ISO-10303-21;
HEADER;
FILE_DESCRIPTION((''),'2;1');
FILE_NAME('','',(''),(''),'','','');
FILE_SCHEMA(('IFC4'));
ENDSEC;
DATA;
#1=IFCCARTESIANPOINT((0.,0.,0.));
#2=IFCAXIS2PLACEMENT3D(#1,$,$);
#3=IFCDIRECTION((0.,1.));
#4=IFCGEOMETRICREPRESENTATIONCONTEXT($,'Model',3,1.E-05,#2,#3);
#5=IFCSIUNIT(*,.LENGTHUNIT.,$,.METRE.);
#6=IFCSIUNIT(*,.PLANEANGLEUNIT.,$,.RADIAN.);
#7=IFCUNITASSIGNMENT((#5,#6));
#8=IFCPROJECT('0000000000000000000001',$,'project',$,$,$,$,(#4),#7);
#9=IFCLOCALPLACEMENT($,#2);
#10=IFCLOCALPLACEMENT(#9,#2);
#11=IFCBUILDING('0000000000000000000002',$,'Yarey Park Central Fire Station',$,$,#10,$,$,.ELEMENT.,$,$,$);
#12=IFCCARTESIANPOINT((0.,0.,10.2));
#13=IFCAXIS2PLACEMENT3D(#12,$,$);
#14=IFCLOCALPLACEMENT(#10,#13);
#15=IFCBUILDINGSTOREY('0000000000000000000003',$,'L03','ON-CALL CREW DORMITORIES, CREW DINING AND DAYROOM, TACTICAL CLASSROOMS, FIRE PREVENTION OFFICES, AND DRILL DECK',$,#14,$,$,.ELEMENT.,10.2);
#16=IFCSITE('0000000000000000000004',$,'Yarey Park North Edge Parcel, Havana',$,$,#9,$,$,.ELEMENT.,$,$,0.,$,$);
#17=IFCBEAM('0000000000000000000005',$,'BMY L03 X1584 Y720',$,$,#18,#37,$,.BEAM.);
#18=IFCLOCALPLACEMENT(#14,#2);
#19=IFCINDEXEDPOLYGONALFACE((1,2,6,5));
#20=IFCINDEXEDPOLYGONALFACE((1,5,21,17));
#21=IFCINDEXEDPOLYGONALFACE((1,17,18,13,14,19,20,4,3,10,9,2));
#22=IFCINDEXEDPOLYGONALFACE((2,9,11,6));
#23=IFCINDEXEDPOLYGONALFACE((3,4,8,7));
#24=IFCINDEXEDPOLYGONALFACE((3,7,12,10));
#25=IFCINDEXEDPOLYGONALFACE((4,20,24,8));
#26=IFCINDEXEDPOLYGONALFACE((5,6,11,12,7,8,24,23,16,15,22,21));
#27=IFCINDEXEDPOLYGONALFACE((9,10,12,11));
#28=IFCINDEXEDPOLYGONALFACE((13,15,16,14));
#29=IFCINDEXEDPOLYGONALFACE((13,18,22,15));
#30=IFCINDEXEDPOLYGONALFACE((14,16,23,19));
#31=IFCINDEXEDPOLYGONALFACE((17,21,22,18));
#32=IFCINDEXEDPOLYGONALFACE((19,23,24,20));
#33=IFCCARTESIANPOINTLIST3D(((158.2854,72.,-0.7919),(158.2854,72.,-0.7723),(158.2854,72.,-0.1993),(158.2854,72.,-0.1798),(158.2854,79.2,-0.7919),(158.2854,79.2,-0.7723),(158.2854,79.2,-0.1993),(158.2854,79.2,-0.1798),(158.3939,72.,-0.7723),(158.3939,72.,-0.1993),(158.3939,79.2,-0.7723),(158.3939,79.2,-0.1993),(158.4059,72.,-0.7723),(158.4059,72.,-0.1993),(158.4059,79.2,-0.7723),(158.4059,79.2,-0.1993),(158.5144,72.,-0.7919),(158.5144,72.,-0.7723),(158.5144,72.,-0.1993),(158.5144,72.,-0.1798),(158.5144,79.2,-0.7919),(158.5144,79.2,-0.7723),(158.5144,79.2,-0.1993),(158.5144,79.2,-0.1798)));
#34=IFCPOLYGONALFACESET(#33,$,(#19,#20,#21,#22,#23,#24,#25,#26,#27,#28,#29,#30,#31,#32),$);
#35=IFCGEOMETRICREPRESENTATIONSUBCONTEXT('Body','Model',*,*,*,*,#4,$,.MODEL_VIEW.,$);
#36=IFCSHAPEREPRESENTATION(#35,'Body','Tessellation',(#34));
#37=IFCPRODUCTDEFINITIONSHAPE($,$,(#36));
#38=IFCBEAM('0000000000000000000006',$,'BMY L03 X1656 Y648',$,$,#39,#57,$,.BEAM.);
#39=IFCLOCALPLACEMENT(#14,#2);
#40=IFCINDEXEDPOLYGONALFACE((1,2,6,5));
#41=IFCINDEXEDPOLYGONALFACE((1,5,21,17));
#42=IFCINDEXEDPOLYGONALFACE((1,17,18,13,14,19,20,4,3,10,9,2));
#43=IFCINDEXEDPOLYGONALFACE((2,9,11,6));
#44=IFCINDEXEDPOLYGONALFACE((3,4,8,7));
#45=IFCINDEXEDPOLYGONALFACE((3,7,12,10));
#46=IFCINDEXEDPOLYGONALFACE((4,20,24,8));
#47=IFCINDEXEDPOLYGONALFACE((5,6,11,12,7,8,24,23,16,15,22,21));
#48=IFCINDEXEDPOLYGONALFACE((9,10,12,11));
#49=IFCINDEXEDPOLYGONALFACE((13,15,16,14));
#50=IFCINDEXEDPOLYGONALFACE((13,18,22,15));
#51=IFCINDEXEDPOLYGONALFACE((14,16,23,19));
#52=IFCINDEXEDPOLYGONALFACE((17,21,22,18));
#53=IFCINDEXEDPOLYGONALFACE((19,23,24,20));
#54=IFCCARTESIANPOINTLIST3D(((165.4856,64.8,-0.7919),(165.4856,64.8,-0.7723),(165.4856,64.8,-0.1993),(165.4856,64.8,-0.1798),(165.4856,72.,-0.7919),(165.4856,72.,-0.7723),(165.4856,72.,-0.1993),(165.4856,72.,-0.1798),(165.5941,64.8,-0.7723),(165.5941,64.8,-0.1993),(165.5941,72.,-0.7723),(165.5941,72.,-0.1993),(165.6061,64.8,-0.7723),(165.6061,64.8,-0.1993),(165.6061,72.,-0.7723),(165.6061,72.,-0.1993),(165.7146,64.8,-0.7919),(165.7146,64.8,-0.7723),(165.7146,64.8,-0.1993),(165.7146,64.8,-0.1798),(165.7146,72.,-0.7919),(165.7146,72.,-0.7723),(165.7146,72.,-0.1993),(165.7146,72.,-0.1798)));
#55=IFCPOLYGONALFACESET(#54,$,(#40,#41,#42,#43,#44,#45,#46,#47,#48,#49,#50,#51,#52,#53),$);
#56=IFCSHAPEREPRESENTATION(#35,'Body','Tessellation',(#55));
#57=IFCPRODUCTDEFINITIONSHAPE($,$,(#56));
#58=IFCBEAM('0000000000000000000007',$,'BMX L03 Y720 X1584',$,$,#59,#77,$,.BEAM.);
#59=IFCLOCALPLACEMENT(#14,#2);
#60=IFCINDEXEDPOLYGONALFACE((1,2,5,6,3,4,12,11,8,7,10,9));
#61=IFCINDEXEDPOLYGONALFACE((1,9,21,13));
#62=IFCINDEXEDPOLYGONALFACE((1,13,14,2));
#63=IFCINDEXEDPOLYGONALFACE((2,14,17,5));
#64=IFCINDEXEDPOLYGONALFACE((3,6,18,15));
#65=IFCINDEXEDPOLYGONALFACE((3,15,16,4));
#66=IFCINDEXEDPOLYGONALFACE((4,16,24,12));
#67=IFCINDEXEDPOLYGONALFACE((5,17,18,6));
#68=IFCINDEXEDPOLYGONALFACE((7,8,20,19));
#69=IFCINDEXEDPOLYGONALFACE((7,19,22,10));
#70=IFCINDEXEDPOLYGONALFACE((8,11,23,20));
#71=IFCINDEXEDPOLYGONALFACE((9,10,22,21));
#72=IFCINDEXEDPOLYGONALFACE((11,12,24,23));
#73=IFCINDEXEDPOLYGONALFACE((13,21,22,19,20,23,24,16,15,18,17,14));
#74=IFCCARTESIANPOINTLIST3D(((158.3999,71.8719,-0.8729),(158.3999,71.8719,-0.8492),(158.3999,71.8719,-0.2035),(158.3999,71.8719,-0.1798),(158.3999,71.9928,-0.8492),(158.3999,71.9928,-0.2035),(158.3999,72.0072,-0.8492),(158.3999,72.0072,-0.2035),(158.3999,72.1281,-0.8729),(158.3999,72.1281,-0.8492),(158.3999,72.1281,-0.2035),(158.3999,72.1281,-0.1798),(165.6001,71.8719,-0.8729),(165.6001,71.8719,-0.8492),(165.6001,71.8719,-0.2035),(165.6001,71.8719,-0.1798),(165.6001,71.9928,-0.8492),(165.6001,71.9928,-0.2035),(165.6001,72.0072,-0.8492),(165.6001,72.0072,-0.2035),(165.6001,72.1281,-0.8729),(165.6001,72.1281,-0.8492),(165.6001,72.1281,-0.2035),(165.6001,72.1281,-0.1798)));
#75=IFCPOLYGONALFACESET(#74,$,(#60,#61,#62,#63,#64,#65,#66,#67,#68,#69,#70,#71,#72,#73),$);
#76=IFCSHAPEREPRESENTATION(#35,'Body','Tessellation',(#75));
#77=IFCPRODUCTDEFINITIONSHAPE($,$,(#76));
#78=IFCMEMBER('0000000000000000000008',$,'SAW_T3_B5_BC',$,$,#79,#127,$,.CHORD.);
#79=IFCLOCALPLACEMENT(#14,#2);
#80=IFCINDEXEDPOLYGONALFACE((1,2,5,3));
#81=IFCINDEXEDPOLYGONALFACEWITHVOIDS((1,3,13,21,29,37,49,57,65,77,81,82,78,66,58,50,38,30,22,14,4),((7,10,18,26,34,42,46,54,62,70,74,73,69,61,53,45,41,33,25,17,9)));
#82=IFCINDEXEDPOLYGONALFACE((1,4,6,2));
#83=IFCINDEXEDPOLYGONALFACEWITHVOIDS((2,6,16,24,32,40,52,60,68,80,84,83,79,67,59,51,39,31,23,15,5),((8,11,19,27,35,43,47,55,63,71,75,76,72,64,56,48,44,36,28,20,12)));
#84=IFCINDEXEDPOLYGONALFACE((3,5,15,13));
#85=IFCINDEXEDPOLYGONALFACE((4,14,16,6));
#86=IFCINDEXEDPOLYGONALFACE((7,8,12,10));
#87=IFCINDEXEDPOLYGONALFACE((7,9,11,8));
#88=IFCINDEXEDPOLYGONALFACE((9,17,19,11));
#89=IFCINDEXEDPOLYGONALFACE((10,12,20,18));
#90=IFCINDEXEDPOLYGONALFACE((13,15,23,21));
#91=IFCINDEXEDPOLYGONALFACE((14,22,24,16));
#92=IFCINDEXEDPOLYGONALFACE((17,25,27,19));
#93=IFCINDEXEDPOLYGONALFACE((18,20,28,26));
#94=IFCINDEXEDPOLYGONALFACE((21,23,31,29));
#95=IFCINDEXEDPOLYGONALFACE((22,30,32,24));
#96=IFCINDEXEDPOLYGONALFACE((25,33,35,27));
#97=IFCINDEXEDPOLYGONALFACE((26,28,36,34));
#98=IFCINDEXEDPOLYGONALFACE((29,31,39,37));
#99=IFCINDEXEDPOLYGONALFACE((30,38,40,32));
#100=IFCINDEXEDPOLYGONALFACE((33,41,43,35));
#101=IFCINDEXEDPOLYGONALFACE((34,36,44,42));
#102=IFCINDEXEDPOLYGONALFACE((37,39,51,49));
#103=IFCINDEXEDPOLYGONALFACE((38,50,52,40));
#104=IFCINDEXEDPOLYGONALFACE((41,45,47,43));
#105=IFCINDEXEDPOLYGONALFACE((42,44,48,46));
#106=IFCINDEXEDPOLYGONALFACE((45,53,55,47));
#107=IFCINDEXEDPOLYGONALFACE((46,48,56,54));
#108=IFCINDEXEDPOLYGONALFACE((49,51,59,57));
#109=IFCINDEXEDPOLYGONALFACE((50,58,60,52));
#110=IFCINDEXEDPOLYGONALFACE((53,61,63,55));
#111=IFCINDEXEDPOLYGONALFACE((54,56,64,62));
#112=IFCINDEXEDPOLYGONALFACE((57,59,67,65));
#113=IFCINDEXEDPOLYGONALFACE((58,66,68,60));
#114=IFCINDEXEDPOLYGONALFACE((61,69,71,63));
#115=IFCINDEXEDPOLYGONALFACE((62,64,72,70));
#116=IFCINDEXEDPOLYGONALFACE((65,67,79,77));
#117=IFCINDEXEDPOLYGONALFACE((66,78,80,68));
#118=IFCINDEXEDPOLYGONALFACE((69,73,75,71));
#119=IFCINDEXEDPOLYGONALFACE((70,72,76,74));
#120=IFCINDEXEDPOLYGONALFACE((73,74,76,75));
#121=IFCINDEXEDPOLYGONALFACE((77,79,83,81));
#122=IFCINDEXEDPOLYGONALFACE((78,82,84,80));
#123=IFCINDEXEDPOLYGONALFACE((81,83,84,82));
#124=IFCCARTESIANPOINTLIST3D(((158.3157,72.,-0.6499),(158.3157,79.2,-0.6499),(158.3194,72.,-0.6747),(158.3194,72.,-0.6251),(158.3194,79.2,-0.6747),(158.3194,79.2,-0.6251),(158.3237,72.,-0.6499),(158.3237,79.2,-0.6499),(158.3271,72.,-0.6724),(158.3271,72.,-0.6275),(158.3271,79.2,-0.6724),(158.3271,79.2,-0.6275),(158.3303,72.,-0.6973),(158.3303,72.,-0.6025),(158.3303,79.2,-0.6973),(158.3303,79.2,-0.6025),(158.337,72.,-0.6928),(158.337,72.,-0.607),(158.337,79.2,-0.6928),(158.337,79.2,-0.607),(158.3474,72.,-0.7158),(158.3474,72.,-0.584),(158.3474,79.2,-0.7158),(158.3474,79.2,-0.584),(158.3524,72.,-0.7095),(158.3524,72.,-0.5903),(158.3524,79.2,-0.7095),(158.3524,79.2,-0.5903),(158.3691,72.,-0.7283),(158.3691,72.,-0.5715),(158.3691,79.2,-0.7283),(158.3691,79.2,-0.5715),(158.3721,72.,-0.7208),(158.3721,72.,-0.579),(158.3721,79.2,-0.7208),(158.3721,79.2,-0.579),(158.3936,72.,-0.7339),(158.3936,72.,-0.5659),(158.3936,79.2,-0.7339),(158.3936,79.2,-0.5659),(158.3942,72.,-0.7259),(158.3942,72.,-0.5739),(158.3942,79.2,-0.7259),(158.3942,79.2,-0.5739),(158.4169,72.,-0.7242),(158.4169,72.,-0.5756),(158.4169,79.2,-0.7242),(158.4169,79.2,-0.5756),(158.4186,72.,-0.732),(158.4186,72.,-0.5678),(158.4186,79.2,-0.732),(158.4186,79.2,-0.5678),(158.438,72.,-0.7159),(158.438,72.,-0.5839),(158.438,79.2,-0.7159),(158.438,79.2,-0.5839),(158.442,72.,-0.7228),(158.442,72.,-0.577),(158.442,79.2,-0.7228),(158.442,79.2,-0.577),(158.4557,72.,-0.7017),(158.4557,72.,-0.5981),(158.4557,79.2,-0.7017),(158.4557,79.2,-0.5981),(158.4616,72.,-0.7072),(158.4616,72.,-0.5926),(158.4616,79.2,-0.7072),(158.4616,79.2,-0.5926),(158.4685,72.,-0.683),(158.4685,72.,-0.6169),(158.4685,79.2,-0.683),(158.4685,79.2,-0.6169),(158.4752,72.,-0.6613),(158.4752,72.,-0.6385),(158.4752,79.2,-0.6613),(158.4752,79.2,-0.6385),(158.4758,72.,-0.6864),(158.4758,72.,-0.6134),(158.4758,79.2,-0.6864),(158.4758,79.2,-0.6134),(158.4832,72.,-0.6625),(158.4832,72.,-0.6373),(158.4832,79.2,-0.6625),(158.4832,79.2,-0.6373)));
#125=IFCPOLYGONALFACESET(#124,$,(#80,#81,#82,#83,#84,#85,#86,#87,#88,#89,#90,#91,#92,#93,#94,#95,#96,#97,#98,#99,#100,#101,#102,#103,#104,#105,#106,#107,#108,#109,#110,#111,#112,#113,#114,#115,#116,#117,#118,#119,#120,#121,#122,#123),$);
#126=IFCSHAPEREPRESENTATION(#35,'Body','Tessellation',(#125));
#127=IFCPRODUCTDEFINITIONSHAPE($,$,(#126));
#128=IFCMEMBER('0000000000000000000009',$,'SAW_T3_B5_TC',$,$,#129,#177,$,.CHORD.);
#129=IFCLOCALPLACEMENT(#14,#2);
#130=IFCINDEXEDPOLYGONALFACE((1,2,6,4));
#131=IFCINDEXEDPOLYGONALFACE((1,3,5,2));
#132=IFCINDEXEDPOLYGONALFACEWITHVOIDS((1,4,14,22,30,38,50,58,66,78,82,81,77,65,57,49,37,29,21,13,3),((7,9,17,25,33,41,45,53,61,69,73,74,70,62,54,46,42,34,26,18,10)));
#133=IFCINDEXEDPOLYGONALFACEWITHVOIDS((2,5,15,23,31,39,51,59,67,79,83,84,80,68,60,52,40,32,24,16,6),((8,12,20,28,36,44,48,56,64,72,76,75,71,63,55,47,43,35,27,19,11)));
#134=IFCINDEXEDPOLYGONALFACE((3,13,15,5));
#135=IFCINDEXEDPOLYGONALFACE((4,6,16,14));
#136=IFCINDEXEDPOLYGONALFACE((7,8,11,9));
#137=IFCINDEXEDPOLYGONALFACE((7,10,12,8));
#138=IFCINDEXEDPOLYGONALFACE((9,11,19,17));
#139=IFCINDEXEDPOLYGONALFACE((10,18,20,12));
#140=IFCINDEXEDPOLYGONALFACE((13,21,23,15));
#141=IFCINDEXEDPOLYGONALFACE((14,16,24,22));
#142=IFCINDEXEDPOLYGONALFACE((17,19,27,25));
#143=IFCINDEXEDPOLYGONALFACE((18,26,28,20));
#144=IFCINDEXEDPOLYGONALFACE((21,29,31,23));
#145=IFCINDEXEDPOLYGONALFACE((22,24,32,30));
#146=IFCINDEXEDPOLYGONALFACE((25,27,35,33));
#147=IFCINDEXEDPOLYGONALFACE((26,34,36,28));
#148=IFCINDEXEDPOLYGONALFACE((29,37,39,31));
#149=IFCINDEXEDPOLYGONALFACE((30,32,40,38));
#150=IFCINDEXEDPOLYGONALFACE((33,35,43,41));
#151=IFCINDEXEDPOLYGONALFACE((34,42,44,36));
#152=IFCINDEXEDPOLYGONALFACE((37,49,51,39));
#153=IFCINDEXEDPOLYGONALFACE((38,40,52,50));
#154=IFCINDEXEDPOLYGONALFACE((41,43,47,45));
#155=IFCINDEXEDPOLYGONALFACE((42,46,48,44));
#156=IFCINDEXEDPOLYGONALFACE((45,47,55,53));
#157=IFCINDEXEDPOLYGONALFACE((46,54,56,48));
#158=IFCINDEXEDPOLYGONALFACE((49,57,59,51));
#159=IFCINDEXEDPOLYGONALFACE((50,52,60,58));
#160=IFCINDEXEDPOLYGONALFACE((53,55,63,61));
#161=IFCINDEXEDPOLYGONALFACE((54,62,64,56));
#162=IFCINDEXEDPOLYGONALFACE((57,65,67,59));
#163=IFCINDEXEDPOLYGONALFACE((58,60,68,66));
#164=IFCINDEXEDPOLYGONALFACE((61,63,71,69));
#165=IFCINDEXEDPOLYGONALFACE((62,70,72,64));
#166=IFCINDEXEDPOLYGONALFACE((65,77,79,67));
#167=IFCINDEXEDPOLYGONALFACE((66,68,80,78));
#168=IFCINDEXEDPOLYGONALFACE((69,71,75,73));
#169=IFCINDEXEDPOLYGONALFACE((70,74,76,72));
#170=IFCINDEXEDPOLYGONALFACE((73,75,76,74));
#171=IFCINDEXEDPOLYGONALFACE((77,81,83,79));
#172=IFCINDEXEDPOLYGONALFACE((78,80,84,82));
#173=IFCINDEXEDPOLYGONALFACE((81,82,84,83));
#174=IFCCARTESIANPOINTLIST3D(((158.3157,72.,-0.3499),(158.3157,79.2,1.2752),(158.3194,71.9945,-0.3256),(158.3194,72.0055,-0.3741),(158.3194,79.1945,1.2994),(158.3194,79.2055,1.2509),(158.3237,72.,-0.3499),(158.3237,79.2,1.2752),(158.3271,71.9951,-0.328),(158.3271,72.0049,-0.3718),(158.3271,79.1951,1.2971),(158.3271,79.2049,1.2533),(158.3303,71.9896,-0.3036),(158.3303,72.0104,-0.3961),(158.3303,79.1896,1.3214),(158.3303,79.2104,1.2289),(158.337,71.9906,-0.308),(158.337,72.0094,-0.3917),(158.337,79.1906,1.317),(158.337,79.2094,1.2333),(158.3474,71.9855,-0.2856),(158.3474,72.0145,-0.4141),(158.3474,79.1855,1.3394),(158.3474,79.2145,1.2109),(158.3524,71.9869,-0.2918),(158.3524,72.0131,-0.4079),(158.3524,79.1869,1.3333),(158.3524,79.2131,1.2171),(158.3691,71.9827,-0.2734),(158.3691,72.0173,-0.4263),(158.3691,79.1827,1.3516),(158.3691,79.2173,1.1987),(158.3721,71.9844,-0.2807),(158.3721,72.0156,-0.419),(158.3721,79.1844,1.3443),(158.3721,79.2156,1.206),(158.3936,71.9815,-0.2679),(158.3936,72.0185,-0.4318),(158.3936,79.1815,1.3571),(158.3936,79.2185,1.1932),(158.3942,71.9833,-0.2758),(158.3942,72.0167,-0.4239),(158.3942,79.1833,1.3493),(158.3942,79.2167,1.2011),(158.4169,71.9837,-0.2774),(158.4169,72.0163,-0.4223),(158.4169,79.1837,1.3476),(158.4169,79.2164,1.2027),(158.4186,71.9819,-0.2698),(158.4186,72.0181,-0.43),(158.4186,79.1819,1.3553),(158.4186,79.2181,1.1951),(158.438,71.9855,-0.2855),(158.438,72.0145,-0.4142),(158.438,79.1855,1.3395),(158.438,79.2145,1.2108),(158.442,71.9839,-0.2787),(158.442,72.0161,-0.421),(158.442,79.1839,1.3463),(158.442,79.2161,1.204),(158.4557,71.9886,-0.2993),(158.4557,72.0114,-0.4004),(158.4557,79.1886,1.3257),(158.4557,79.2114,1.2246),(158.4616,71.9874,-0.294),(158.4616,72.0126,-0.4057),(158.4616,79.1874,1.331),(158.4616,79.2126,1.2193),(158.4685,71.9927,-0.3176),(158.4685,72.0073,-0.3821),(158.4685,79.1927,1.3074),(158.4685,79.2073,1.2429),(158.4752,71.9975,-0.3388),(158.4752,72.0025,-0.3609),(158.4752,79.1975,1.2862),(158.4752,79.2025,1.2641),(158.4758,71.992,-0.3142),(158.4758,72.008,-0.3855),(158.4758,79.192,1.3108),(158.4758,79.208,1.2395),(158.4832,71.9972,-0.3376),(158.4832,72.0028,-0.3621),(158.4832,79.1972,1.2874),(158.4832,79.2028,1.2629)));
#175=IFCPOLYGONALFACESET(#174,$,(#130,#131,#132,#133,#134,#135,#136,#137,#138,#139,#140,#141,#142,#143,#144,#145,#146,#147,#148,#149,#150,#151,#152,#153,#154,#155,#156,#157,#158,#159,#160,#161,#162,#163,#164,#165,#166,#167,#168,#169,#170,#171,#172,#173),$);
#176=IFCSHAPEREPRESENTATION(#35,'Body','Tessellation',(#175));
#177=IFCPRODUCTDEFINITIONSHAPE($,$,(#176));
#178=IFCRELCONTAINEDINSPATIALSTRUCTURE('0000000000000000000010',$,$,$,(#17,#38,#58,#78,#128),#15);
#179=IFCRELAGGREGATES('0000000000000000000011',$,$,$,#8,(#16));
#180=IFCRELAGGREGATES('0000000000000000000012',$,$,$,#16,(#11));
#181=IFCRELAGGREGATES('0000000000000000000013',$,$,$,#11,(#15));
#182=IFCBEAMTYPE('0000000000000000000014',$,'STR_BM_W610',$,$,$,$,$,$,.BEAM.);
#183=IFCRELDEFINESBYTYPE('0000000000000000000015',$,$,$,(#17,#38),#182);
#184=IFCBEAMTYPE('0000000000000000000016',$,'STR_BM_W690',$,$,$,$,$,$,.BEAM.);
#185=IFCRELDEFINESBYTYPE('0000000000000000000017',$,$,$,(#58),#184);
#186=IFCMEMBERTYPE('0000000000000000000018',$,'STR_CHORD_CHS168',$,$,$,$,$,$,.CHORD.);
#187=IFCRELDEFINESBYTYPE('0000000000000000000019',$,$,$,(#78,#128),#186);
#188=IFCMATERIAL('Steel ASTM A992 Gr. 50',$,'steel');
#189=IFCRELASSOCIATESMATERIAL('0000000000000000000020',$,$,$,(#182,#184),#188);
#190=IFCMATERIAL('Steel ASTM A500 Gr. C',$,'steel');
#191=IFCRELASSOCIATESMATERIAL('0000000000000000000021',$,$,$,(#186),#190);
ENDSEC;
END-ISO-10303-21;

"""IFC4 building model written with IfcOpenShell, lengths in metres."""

from ifc_helpers import new_model, si_unit, direction, frame, origin, origin_2d, place, context, subcontext, project, spatial, hollow_circle, i_section, extrude, material, material_profile, profile_set, type_object, element, save


model = new_model("IFC4")

# Units and contexts
model_context = context("Model", 3, precision=1e-05, world=origin(), true_north=direction((0.0, 1.0)))
body_context = subcontext(model_context, "Body", "Model", "MODEL_VIEW")
ifc_project = project(units=[si_unit("LENGTHUNIT", "METRE"), si_unit("PLANEANGLEUNIT", "RADIAN")], contexts=[model_context])

# Site, building, storey
site_placement = place(None, origin())
site = spatial("IfcSite", under=ifc_project, at=site_placement, Name="Yarey Park North Edge Parcel, Havana", CompositionType="ELEMENT", RefElevation=0.0)
building_placement = place(site_placement, origin())
building = spatial("IfcBuilding", under=site, at=building_placement, Name="Yarey Park Central Fire Station", CompositionType="ELEMENT")
storey_placement = place(building_placement, frame((0.0, 0.0, 10.2)))
storey = spatial("IfcBuildingStorey", under=building, at=storey_placement, Name="L03", Description="ON-CALL CREW DORMITORIES, CREW DINING AND DAYROOM, TACTICAL CLASSROOMS, FIRE PREVENTION OFFICES, AND DRILL DECK", CompositionType="ELEMENT", Elevation=10.2)

# Beams
ifc_material_1 = material(Name="Steel ASTM A992 Gr. 50", Category="steel")
ifc_material_profile_1 = material_profile(ifc_material_1, i_section(OverallWidth=0.229, OverallDepth=0.6121, WebThickness=0.012, FlangeThickness=0.0195, at=origin_2d()), Name="W610x125")
ifc_profile_set_1 = profile_set([ifc_material_profile_1], Name="Steel ASTM A992 Gr. 50")
beam_type_1 = type_object("IfcBeamType", Name="STR_BM_W610", PredefinedType="BEAM", material=ifc_profile_set_1)
for number, where, z_axis, x_axis, name in (
    (1, (158.3999, 72.0, -0.4858), (0.0, 1.0, 0.0), (-1.0, 0.0, 0.0), "BMY L03 X1584 Y720"),
    (2, (165.6001, 64.8, -0.4858), (0.0, 1.0, 0.0), (-1.0, 0.0, 0.0), "BMY L03 X1656 Y648"),
):
    element("IfcBeam", number, at=place(storey_placement, frame(where, z_axis=z_axis, x_axis=x_axis)), inside=storey, type_object=beam_type_1, Name=name, PredefinedType="BEAM", context=body_context, shape_type="SweptSolid", body=[
        extrude(i_section(OverallWidth=0.229, OverallDepth=0.6121, WebThickness=0.012, FlangeThickness=0.0195, at=origin_2d()), origin(), (0.0, 0.0, 1.0), 7.2),
    ])
ifc_material_profile_2 = material_profile(ifc_material_1, i_section(OverallWidth=0.2561, OverallDepth=0.6931, WebThickness=0.0144, FlangeThickness=0.0237, at=origin_2d()), Name="W690x170")
ifc_profile_set_2 = profile_set([ifc_material_profile_2], Name="Steel ASTM A992 Gr. 50")
beam_type_2 = type_object("IfcBeamType", Name="STR_BM_W690", PredefinedType="BEAM", material=ifc_profile_set_2)
beam_1_placement = place(storey_placement, frame((158.3999, 72.0, -0.5264), z_axis=(1.0, 0.0, 0.0), x_axis=(0.0, 1.0, 0.0)))
element("IfcBeam", 3, at=beam_1_placement, inside=storey, type_object=beam_type_2, Name="BMX L03 Y720 X1584", PredefinedType="BEAM", context=body_context, shape_type="SweptSolid", body=[
    extrude(i_section(OverallWidth=0.2561, OverallDepth=0.6931, WebThickness=0.0144, FlangeThickness=0.0237, at=origin_2d()), origin(), (0.0, 0.0, 1.0), 7.2002),
])

# Members
ifc_material_2 = material(Name="Steel ASTM A500 Gr. C", Category="steel")
ifc_material_profile_3 = material_profile(ifc_material_2, hollow_circle(Radius=0.0842, WallThickness=0.0081, at=origin_2d()), Name="CHS 168.3x8")
ifc_profile_set_3 = profile_set([ifc_material_profile_3], Name="Steel ASTM A500 Gr. C")
member_type_1 = type_object("IfcMemberType", Name="STR_CHORD_CHS168", PredefinedType="CHORD", material=ifc_profile_set_3)
member_1_placement = place(storey_placement, frame((158.3999, 72.0, -0.6499), z_axis=(0.0, 1.0, 0.0), x_axis=(-1.0, 0.0, 0.0)))
element("IfcMember", 4, at=member_1_placement, inside=storey, type_object=member_type_1, Name="SAW_T3_B5_BC", PredefinedType="CHORD", context=body_context, shape_type="SweptSolid", body=[
    extrude(hollow_circle(Radius=0.0842, WallThickness=0.0081, at=origin_2d()), origin(), (0.0, 0.0, 1.0), 7.2),
])
member_2_placement = place(storey_placement, frame((158.3999, 72.0, -0.3499), z_axis=(0.0, 0.975464, 0.220158), x_axis=(-1.0, 0.0, 0.0)))
element("IfcMember", 5, at=member_2_placement, inside=storey, type_object=member_type_1, Name="SAW_T3_B5_TC", PredefinedType="CHORD", context=body_context, shape_type="SweptSolid", body=[
    extrude(hollow_circle(Radius=0.0842, WallThickness=0.0081, at=origin_2d()), origin(), (0.0, 0.0, 1.0), 7.3811),
])

save(model, "model.ifc")
